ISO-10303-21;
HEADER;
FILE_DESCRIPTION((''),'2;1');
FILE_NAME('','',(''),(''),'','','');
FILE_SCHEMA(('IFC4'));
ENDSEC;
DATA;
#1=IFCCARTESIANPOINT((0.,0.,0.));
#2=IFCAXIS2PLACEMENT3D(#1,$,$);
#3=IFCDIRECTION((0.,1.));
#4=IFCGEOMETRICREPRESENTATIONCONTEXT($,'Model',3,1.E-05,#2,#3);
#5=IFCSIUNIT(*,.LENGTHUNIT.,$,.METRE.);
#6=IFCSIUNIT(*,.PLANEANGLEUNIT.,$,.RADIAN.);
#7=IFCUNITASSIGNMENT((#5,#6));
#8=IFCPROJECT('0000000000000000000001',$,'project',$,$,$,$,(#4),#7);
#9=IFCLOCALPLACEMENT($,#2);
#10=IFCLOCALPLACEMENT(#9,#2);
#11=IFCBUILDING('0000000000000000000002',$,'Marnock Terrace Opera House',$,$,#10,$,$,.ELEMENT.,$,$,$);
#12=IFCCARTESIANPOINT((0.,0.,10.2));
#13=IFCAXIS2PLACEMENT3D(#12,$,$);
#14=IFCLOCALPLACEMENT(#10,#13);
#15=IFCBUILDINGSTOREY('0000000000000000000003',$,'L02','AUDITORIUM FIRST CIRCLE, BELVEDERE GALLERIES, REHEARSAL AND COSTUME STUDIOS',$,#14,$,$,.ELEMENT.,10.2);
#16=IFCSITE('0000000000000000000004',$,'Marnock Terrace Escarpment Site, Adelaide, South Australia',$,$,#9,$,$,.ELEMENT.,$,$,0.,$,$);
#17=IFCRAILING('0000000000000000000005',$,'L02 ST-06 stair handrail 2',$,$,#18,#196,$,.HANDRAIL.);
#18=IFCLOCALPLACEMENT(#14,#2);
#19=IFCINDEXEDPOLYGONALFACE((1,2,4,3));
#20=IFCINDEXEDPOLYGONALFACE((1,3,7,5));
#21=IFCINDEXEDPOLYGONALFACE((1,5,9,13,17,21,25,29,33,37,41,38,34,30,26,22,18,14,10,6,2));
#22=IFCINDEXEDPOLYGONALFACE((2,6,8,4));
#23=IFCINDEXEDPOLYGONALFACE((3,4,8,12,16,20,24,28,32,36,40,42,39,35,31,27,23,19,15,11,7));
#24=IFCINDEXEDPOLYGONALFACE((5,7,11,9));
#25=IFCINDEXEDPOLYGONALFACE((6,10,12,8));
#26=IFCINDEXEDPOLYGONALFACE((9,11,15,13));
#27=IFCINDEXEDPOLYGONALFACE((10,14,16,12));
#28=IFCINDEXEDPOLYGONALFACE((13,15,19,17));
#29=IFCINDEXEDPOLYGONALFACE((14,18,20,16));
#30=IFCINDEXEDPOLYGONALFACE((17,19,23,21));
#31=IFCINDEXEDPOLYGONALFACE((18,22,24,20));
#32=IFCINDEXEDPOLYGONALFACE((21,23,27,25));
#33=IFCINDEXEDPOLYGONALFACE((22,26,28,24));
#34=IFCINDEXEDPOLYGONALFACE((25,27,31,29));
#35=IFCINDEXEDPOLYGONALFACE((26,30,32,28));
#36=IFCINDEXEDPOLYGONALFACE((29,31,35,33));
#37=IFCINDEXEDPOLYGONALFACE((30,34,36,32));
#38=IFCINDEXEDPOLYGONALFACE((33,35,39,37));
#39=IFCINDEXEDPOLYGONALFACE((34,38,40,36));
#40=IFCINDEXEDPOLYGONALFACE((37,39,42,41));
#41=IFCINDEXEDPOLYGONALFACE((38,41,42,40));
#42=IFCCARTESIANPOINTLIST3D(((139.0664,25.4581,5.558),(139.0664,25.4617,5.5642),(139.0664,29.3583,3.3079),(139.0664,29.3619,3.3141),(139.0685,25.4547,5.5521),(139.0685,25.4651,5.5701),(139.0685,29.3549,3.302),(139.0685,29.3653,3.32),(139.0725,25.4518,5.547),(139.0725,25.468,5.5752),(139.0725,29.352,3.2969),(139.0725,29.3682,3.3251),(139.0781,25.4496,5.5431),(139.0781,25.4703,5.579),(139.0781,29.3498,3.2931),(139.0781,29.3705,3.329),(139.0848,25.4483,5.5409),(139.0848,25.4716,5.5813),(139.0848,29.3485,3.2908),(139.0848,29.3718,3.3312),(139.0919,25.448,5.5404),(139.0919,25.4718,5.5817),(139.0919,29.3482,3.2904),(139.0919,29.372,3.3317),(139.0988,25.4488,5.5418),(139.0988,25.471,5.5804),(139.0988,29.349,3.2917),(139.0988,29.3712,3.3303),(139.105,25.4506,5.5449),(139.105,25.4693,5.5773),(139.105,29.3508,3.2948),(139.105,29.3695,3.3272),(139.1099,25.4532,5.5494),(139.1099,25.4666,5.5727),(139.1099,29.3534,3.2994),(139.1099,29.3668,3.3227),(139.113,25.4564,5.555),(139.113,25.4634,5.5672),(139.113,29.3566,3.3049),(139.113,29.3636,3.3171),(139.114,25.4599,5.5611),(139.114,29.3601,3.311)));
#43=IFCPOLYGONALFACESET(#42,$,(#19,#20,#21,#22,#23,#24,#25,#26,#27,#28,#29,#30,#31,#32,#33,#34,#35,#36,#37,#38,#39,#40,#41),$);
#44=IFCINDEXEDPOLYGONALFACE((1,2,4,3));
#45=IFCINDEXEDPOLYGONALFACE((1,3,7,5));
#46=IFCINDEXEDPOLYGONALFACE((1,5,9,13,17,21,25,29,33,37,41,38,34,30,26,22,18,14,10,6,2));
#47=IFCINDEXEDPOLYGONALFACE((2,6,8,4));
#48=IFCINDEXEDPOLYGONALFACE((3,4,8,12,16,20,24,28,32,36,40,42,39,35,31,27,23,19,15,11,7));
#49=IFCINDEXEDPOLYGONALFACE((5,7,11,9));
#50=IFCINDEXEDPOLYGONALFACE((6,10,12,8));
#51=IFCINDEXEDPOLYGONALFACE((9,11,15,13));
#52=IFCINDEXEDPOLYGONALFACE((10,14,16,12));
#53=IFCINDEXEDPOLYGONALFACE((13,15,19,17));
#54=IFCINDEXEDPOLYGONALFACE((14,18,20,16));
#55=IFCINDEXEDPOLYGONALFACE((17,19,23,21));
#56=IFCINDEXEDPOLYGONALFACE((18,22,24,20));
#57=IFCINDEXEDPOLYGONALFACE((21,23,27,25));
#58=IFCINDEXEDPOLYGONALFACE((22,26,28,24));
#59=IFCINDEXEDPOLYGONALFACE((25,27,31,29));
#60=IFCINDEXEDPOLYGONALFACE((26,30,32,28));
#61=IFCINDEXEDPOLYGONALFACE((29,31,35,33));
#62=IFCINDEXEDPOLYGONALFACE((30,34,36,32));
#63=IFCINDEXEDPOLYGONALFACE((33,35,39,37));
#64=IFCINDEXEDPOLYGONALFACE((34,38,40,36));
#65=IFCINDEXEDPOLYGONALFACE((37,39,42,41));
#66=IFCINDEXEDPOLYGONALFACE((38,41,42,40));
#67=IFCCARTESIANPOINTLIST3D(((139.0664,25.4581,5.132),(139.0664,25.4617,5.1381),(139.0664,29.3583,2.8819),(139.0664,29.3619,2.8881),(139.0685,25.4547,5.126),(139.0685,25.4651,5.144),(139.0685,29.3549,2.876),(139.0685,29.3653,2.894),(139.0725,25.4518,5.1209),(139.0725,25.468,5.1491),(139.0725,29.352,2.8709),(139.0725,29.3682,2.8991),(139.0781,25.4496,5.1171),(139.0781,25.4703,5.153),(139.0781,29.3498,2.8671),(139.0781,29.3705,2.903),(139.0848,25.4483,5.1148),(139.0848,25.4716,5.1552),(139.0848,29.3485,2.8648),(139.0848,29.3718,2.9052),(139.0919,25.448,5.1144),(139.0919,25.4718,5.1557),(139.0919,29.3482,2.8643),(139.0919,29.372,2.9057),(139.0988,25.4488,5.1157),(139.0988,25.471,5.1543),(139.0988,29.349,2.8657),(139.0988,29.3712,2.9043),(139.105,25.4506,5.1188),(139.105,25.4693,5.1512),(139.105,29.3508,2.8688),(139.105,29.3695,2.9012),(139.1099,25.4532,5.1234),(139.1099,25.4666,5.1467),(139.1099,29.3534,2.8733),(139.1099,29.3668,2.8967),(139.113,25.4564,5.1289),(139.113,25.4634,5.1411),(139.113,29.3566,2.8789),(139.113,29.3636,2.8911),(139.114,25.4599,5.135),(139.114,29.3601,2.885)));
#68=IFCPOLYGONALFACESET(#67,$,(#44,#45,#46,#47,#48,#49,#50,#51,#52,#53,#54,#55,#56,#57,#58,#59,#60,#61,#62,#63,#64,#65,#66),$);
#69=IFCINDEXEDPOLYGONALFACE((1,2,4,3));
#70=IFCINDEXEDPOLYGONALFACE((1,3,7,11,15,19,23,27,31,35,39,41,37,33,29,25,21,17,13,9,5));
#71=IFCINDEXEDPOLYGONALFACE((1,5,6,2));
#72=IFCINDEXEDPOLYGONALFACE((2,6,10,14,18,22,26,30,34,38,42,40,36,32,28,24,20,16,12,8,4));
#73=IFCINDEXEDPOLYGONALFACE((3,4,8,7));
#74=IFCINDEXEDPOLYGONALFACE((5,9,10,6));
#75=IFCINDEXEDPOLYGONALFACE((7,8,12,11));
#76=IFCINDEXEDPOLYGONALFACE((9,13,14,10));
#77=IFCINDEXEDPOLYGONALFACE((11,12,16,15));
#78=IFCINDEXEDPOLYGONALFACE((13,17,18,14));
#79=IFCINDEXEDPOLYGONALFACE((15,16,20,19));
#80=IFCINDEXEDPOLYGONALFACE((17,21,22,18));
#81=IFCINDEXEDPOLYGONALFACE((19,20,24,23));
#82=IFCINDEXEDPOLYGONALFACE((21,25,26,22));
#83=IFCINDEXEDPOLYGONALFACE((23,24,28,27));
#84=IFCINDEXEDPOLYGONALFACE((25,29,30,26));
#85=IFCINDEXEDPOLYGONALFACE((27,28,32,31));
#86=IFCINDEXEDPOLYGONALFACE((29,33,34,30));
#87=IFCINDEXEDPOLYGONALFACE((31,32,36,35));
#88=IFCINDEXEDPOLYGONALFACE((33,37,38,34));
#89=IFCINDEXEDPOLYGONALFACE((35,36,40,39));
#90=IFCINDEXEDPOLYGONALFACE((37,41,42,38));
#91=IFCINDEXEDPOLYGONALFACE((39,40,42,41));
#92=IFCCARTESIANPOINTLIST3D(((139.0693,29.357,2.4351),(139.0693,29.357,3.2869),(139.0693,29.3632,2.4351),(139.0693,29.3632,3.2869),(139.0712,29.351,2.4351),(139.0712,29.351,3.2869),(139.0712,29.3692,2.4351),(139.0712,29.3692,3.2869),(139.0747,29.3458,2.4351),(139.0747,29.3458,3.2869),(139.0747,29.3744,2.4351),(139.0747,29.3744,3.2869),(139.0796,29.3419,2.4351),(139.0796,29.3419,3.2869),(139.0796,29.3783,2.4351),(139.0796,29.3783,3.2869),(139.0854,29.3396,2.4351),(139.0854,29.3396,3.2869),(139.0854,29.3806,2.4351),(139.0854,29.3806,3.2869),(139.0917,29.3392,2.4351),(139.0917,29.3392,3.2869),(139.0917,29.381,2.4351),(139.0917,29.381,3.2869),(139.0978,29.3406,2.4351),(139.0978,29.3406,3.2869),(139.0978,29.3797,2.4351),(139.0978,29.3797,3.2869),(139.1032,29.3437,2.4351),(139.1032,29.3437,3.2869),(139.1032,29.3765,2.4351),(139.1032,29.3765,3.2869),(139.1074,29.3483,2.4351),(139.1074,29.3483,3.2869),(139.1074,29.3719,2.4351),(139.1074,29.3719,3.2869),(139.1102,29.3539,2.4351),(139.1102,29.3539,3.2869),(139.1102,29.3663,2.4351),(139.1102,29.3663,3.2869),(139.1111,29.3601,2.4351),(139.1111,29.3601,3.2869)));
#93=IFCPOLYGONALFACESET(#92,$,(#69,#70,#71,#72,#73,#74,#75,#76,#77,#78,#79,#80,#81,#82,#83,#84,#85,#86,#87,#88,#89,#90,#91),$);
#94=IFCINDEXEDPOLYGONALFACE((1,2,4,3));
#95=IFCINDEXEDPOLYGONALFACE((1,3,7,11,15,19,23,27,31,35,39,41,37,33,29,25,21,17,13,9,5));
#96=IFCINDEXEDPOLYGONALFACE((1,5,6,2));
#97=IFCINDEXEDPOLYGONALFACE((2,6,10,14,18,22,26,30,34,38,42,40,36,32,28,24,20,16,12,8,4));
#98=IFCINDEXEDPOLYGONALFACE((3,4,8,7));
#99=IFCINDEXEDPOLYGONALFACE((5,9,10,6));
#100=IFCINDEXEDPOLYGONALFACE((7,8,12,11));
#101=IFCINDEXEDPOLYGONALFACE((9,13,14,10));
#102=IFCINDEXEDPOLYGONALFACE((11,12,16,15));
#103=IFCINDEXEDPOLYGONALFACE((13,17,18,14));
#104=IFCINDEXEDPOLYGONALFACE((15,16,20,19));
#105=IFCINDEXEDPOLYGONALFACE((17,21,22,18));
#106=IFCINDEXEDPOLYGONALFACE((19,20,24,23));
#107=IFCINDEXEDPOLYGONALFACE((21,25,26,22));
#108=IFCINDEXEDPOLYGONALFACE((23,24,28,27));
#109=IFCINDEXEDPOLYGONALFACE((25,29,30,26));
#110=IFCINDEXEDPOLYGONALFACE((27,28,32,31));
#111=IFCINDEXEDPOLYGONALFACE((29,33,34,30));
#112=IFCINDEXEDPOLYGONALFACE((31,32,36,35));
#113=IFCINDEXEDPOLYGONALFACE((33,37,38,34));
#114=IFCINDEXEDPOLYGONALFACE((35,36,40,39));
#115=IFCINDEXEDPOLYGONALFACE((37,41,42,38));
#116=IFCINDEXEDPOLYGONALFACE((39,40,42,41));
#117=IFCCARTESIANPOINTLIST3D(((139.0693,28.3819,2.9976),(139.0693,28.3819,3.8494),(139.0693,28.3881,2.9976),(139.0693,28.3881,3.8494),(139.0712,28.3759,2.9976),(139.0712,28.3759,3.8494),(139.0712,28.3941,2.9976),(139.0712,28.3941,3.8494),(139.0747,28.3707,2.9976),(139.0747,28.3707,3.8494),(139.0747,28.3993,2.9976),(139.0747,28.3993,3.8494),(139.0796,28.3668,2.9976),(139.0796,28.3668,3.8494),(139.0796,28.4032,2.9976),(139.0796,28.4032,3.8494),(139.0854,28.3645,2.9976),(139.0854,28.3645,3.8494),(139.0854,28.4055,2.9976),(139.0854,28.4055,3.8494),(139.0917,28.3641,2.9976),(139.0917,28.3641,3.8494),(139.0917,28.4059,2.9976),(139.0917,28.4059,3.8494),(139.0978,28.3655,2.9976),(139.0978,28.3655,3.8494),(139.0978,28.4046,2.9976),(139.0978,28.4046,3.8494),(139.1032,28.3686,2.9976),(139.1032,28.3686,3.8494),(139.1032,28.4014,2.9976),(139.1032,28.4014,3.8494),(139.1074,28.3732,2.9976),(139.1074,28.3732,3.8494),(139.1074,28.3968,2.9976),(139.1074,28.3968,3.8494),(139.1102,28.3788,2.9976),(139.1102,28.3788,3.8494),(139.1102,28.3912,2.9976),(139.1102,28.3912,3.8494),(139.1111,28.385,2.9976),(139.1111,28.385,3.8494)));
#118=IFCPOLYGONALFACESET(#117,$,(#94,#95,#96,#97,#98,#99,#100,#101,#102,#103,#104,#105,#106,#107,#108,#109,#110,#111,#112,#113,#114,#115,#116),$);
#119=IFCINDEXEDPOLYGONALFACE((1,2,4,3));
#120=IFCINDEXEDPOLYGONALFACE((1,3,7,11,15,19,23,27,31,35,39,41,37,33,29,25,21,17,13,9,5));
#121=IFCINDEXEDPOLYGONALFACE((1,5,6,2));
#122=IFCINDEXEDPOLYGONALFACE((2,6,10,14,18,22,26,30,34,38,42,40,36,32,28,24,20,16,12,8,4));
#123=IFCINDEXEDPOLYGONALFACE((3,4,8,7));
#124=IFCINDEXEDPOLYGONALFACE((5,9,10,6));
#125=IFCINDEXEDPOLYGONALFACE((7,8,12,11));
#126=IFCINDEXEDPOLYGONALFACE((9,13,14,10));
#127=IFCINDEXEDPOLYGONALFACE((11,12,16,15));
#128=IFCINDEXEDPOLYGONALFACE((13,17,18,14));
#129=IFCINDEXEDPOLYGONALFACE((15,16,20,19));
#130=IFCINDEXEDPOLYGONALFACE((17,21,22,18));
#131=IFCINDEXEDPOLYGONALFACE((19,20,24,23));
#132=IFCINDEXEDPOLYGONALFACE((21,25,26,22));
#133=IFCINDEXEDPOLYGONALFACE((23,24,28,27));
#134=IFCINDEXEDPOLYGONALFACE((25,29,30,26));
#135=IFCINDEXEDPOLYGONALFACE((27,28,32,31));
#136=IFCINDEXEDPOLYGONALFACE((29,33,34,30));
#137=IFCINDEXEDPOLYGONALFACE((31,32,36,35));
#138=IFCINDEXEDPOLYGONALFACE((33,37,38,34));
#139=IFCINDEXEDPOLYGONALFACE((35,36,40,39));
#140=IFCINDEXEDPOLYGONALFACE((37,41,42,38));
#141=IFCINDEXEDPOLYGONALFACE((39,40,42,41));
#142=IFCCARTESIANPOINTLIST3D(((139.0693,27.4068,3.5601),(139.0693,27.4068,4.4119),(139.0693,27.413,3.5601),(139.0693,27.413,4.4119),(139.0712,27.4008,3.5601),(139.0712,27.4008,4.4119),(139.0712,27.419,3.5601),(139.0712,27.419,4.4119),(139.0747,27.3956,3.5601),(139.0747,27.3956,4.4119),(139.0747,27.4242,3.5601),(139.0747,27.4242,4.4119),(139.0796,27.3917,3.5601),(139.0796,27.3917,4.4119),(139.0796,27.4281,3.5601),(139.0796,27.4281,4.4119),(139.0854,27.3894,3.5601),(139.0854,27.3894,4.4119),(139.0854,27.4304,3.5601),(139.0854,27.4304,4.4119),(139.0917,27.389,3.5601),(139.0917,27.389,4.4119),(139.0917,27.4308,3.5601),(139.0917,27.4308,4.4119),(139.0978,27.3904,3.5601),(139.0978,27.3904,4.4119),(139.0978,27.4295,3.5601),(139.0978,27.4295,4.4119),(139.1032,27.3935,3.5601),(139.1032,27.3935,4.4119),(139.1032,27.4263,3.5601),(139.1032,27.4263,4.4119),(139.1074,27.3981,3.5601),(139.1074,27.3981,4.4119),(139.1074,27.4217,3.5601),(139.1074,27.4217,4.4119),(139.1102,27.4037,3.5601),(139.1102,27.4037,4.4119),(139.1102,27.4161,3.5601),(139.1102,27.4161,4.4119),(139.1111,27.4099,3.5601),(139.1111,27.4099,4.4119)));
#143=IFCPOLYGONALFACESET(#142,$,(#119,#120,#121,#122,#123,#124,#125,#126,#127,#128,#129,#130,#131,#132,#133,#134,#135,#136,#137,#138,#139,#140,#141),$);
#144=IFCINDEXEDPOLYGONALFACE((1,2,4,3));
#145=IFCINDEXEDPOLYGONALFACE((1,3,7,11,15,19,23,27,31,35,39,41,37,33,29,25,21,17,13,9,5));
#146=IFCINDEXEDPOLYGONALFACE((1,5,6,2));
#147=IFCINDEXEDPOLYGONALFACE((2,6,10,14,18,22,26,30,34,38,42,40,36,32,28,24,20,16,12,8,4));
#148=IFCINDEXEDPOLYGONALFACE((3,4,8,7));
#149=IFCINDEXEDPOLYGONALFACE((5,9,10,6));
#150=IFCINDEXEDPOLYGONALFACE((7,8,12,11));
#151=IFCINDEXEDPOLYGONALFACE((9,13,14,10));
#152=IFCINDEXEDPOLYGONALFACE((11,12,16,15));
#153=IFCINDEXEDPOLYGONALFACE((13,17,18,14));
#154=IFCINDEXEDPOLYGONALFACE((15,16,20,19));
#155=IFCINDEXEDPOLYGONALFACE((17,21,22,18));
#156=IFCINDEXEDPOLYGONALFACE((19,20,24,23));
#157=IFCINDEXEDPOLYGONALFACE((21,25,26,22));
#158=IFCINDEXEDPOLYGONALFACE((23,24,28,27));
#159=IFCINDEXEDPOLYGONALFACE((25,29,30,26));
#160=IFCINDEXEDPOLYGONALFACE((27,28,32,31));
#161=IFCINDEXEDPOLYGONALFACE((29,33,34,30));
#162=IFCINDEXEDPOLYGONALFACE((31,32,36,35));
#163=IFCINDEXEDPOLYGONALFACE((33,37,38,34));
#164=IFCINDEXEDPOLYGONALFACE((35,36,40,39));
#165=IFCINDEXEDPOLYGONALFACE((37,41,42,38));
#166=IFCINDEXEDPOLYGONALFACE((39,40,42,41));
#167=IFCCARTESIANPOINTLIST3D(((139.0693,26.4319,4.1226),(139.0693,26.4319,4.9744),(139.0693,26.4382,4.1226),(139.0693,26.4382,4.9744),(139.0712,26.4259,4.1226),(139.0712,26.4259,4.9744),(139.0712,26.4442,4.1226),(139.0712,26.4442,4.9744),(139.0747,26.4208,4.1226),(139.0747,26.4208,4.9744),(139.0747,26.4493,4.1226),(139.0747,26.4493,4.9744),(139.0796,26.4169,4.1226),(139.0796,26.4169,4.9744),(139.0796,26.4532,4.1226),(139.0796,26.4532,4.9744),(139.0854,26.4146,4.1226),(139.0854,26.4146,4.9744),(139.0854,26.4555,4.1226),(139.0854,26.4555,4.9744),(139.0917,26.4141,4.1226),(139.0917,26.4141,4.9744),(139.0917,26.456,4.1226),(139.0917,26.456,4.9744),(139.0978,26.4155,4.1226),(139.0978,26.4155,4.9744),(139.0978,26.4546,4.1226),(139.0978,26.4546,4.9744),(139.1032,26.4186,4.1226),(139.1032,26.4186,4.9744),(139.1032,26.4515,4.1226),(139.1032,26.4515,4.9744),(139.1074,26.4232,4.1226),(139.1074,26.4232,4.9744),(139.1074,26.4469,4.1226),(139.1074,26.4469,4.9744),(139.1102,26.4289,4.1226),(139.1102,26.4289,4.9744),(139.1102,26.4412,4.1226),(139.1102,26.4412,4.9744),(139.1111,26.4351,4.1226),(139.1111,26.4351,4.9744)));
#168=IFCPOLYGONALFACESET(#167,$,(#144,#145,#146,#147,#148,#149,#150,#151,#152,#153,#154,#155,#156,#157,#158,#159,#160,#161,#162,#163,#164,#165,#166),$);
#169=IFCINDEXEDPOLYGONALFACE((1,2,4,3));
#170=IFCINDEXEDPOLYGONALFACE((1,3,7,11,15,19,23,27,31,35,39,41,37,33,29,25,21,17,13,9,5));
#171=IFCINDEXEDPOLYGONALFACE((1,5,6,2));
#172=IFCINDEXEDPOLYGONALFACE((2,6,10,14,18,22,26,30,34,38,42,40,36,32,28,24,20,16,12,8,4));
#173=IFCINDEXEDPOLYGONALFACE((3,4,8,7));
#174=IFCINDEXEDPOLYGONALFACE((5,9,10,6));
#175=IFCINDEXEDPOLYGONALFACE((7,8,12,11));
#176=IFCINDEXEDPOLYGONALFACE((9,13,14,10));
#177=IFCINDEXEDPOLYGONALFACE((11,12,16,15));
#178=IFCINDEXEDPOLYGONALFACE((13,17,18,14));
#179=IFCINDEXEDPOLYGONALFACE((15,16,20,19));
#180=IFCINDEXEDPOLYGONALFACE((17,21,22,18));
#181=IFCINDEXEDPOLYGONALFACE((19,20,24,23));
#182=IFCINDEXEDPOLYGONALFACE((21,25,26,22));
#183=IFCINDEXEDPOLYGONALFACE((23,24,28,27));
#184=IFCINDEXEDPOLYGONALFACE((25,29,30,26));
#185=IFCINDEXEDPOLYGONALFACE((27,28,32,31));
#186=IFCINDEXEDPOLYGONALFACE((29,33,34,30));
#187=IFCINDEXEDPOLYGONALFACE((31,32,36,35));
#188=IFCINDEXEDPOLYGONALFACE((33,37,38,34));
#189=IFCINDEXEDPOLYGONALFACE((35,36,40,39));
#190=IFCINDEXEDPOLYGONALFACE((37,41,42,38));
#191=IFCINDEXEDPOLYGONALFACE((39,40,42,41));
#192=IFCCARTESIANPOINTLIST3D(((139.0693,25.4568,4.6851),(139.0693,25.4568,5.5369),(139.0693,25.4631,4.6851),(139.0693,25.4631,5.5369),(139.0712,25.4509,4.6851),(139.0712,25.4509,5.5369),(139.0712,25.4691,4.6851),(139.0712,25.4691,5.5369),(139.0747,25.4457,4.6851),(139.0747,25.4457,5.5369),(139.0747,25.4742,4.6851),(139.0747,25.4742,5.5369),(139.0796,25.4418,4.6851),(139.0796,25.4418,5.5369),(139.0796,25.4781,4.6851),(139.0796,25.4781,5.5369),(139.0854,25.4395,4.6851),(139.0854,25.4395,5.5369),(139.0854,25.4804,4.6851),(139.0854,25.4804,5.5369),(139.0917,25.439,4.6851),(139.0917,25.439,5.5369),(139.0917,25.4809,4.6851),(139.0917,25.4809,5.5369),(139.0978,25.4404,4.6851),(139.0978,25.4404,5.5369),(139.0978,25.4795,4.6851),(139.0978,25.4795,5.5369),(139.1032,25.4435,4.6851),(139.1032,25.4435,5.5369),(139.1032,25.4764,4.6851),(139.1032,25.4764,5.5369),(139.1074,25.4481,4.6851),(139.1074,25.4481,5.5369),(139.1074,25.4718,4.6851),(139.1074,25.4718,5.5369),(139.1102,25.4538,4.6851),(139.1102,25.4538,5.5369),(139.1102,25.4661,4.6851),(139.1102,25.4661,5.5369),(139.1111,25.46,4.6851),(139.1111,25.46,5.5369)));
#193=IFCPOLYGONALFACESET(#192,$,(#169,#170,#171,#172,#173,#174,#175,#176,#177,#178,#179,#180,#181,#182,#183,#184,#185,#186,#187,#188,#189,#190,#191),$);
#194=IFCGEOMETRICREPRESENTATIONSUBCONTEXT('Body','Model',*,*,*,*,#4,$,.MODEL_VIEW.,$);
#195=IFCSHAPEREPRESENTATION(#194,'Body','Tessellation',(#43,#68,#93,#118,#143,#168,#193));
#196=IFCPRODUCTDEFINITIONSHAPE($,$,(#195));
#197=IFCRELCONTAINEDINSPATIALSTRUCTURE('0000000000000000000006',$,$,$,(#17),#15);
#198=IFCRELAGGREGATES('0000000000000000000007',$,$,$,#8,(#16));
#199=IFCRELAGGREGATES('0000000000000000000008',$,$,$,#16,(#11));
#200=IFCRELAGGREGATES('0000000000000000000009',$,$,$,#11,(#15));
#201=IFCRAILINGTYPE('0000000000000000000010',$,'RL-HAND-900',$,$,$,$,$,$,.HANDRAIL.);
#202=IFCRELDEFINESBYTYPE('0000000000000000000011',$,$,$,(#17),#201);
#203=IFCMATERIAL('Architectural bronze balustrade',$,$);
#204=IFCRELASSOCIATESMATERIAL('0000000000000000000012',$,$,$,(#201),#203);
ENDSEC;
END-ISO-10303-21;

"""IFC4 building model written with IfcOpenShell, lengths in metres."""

from ifc_helpers import new_model, si_unit, direction, frame, origin, origin_2d, place, context, subcontext, project, spatial, circle, extrude, material, type_object, element, save


model = new_model("IFC4")

# Units and contexts
model_context = context("Model", 3, precision=1e-05, world=origin(), true_north=direction((0.0, 1.0)))
body_context = subcontext(model_context, "Body", "Model", "MODEL_VIEW")
ifc_project = project(units=[si_unit("LENGTHUNIT", "METRE"), si_unit("PLANEANGLEUNIT", "RADIAN")], contexts=[model_context])

# Site, building, storey
site_placement = place(None, origin())
site = spatial("IfcSite", under=ifc_project, at=site_placement, Name="Marnock Terrace Escarpment Site, Adelaide, South Australia", CompositionType="ELEMENT", RefElevation=0.0)
building_placement = place(site_placement, origin())
building = spatial("IfcBuilding", under=site, at=building_placement, Name="Marnock Terrace Opera House", CompositionType="ELEMENT")
storey_placement = place(building_placement, frame((0.0, 0.0, 10.2)))
storey = spatial("IfcBuildingStorey", under=building, at=storey_placement, Name="L02", Description="AUDITORIUM FIRST CIRCLE, BELVEDERE GALLERIES, REHEARSAL AND COSTUME STUDIOS", CompositionType="ELEMENT", Elevation=10.2)

# Railing
ifc_material_1 = material(Name="Architectural bronze balustrade")
railing_type_1 = type_object("IfcRailingType", Name="RL-HAND-900", PredefinedType="HANDRAIL", material=ifc_material_1)
railing_1_placement = place(storey_placement, frame((139.0901, 29.3601, 2.4351)))
element("IfcRailing", 1, at=railing_1_placement, inside=storey, type_object=railing_type_1, Name="L02 ST-06 stair handrail 2", PredefinedType="HANDRAIL", context=body_context, shape_type="SweptSolid", body=[
    extrude(circle(Radius=0.0239, at=origin_2d()), frame((0.0, 0.0, 0.876), z_axis=(0.0, -0.866194, 0.499708), x_axis=(1.0, 0.0, 0.0)), (0.0, 0.0, 1.0), 4.5027),
    extrude(circle(Radius=0.0239, at=origin_2d()), frame((0.0, 0.0, 0.45), z_axis=(0.0, -0.866194, 0.499708), x_axis=(1.0, 0.0, 0.0)), (0.0, 0.0, 1.0), 4.5027),
    extrude(circle(Radius=0.021, at=origin_2d()), origin(), (0.0, 0.0, 1.0), 0.8518),
    extrude(circle(Radius=0.021, at=origin_2d()), frame((0.0, -0.9751, 0.5625)), (0.0, 0.0, 1.0), 0.8518),
    extrude(circle(Radius=0.021, at=origin_2d()), frame((0.0, -1.9502, 1.125)), (0.0, 0.0, 1.0), 0.8518),
    extrude(circle(Radius=0.021, at=origin_2d()), frame((0.0, -2.925, 1.6875)), (0.0, 0.0, 1.0), 0.8518),
    extrude(circle(Radius=0.021, at=origin_2d()), frame((0.0, -3.9001, 2.25)), (0.0, 0.0, 1.0), 0.8518),
])

save(model, "model.ifc")
